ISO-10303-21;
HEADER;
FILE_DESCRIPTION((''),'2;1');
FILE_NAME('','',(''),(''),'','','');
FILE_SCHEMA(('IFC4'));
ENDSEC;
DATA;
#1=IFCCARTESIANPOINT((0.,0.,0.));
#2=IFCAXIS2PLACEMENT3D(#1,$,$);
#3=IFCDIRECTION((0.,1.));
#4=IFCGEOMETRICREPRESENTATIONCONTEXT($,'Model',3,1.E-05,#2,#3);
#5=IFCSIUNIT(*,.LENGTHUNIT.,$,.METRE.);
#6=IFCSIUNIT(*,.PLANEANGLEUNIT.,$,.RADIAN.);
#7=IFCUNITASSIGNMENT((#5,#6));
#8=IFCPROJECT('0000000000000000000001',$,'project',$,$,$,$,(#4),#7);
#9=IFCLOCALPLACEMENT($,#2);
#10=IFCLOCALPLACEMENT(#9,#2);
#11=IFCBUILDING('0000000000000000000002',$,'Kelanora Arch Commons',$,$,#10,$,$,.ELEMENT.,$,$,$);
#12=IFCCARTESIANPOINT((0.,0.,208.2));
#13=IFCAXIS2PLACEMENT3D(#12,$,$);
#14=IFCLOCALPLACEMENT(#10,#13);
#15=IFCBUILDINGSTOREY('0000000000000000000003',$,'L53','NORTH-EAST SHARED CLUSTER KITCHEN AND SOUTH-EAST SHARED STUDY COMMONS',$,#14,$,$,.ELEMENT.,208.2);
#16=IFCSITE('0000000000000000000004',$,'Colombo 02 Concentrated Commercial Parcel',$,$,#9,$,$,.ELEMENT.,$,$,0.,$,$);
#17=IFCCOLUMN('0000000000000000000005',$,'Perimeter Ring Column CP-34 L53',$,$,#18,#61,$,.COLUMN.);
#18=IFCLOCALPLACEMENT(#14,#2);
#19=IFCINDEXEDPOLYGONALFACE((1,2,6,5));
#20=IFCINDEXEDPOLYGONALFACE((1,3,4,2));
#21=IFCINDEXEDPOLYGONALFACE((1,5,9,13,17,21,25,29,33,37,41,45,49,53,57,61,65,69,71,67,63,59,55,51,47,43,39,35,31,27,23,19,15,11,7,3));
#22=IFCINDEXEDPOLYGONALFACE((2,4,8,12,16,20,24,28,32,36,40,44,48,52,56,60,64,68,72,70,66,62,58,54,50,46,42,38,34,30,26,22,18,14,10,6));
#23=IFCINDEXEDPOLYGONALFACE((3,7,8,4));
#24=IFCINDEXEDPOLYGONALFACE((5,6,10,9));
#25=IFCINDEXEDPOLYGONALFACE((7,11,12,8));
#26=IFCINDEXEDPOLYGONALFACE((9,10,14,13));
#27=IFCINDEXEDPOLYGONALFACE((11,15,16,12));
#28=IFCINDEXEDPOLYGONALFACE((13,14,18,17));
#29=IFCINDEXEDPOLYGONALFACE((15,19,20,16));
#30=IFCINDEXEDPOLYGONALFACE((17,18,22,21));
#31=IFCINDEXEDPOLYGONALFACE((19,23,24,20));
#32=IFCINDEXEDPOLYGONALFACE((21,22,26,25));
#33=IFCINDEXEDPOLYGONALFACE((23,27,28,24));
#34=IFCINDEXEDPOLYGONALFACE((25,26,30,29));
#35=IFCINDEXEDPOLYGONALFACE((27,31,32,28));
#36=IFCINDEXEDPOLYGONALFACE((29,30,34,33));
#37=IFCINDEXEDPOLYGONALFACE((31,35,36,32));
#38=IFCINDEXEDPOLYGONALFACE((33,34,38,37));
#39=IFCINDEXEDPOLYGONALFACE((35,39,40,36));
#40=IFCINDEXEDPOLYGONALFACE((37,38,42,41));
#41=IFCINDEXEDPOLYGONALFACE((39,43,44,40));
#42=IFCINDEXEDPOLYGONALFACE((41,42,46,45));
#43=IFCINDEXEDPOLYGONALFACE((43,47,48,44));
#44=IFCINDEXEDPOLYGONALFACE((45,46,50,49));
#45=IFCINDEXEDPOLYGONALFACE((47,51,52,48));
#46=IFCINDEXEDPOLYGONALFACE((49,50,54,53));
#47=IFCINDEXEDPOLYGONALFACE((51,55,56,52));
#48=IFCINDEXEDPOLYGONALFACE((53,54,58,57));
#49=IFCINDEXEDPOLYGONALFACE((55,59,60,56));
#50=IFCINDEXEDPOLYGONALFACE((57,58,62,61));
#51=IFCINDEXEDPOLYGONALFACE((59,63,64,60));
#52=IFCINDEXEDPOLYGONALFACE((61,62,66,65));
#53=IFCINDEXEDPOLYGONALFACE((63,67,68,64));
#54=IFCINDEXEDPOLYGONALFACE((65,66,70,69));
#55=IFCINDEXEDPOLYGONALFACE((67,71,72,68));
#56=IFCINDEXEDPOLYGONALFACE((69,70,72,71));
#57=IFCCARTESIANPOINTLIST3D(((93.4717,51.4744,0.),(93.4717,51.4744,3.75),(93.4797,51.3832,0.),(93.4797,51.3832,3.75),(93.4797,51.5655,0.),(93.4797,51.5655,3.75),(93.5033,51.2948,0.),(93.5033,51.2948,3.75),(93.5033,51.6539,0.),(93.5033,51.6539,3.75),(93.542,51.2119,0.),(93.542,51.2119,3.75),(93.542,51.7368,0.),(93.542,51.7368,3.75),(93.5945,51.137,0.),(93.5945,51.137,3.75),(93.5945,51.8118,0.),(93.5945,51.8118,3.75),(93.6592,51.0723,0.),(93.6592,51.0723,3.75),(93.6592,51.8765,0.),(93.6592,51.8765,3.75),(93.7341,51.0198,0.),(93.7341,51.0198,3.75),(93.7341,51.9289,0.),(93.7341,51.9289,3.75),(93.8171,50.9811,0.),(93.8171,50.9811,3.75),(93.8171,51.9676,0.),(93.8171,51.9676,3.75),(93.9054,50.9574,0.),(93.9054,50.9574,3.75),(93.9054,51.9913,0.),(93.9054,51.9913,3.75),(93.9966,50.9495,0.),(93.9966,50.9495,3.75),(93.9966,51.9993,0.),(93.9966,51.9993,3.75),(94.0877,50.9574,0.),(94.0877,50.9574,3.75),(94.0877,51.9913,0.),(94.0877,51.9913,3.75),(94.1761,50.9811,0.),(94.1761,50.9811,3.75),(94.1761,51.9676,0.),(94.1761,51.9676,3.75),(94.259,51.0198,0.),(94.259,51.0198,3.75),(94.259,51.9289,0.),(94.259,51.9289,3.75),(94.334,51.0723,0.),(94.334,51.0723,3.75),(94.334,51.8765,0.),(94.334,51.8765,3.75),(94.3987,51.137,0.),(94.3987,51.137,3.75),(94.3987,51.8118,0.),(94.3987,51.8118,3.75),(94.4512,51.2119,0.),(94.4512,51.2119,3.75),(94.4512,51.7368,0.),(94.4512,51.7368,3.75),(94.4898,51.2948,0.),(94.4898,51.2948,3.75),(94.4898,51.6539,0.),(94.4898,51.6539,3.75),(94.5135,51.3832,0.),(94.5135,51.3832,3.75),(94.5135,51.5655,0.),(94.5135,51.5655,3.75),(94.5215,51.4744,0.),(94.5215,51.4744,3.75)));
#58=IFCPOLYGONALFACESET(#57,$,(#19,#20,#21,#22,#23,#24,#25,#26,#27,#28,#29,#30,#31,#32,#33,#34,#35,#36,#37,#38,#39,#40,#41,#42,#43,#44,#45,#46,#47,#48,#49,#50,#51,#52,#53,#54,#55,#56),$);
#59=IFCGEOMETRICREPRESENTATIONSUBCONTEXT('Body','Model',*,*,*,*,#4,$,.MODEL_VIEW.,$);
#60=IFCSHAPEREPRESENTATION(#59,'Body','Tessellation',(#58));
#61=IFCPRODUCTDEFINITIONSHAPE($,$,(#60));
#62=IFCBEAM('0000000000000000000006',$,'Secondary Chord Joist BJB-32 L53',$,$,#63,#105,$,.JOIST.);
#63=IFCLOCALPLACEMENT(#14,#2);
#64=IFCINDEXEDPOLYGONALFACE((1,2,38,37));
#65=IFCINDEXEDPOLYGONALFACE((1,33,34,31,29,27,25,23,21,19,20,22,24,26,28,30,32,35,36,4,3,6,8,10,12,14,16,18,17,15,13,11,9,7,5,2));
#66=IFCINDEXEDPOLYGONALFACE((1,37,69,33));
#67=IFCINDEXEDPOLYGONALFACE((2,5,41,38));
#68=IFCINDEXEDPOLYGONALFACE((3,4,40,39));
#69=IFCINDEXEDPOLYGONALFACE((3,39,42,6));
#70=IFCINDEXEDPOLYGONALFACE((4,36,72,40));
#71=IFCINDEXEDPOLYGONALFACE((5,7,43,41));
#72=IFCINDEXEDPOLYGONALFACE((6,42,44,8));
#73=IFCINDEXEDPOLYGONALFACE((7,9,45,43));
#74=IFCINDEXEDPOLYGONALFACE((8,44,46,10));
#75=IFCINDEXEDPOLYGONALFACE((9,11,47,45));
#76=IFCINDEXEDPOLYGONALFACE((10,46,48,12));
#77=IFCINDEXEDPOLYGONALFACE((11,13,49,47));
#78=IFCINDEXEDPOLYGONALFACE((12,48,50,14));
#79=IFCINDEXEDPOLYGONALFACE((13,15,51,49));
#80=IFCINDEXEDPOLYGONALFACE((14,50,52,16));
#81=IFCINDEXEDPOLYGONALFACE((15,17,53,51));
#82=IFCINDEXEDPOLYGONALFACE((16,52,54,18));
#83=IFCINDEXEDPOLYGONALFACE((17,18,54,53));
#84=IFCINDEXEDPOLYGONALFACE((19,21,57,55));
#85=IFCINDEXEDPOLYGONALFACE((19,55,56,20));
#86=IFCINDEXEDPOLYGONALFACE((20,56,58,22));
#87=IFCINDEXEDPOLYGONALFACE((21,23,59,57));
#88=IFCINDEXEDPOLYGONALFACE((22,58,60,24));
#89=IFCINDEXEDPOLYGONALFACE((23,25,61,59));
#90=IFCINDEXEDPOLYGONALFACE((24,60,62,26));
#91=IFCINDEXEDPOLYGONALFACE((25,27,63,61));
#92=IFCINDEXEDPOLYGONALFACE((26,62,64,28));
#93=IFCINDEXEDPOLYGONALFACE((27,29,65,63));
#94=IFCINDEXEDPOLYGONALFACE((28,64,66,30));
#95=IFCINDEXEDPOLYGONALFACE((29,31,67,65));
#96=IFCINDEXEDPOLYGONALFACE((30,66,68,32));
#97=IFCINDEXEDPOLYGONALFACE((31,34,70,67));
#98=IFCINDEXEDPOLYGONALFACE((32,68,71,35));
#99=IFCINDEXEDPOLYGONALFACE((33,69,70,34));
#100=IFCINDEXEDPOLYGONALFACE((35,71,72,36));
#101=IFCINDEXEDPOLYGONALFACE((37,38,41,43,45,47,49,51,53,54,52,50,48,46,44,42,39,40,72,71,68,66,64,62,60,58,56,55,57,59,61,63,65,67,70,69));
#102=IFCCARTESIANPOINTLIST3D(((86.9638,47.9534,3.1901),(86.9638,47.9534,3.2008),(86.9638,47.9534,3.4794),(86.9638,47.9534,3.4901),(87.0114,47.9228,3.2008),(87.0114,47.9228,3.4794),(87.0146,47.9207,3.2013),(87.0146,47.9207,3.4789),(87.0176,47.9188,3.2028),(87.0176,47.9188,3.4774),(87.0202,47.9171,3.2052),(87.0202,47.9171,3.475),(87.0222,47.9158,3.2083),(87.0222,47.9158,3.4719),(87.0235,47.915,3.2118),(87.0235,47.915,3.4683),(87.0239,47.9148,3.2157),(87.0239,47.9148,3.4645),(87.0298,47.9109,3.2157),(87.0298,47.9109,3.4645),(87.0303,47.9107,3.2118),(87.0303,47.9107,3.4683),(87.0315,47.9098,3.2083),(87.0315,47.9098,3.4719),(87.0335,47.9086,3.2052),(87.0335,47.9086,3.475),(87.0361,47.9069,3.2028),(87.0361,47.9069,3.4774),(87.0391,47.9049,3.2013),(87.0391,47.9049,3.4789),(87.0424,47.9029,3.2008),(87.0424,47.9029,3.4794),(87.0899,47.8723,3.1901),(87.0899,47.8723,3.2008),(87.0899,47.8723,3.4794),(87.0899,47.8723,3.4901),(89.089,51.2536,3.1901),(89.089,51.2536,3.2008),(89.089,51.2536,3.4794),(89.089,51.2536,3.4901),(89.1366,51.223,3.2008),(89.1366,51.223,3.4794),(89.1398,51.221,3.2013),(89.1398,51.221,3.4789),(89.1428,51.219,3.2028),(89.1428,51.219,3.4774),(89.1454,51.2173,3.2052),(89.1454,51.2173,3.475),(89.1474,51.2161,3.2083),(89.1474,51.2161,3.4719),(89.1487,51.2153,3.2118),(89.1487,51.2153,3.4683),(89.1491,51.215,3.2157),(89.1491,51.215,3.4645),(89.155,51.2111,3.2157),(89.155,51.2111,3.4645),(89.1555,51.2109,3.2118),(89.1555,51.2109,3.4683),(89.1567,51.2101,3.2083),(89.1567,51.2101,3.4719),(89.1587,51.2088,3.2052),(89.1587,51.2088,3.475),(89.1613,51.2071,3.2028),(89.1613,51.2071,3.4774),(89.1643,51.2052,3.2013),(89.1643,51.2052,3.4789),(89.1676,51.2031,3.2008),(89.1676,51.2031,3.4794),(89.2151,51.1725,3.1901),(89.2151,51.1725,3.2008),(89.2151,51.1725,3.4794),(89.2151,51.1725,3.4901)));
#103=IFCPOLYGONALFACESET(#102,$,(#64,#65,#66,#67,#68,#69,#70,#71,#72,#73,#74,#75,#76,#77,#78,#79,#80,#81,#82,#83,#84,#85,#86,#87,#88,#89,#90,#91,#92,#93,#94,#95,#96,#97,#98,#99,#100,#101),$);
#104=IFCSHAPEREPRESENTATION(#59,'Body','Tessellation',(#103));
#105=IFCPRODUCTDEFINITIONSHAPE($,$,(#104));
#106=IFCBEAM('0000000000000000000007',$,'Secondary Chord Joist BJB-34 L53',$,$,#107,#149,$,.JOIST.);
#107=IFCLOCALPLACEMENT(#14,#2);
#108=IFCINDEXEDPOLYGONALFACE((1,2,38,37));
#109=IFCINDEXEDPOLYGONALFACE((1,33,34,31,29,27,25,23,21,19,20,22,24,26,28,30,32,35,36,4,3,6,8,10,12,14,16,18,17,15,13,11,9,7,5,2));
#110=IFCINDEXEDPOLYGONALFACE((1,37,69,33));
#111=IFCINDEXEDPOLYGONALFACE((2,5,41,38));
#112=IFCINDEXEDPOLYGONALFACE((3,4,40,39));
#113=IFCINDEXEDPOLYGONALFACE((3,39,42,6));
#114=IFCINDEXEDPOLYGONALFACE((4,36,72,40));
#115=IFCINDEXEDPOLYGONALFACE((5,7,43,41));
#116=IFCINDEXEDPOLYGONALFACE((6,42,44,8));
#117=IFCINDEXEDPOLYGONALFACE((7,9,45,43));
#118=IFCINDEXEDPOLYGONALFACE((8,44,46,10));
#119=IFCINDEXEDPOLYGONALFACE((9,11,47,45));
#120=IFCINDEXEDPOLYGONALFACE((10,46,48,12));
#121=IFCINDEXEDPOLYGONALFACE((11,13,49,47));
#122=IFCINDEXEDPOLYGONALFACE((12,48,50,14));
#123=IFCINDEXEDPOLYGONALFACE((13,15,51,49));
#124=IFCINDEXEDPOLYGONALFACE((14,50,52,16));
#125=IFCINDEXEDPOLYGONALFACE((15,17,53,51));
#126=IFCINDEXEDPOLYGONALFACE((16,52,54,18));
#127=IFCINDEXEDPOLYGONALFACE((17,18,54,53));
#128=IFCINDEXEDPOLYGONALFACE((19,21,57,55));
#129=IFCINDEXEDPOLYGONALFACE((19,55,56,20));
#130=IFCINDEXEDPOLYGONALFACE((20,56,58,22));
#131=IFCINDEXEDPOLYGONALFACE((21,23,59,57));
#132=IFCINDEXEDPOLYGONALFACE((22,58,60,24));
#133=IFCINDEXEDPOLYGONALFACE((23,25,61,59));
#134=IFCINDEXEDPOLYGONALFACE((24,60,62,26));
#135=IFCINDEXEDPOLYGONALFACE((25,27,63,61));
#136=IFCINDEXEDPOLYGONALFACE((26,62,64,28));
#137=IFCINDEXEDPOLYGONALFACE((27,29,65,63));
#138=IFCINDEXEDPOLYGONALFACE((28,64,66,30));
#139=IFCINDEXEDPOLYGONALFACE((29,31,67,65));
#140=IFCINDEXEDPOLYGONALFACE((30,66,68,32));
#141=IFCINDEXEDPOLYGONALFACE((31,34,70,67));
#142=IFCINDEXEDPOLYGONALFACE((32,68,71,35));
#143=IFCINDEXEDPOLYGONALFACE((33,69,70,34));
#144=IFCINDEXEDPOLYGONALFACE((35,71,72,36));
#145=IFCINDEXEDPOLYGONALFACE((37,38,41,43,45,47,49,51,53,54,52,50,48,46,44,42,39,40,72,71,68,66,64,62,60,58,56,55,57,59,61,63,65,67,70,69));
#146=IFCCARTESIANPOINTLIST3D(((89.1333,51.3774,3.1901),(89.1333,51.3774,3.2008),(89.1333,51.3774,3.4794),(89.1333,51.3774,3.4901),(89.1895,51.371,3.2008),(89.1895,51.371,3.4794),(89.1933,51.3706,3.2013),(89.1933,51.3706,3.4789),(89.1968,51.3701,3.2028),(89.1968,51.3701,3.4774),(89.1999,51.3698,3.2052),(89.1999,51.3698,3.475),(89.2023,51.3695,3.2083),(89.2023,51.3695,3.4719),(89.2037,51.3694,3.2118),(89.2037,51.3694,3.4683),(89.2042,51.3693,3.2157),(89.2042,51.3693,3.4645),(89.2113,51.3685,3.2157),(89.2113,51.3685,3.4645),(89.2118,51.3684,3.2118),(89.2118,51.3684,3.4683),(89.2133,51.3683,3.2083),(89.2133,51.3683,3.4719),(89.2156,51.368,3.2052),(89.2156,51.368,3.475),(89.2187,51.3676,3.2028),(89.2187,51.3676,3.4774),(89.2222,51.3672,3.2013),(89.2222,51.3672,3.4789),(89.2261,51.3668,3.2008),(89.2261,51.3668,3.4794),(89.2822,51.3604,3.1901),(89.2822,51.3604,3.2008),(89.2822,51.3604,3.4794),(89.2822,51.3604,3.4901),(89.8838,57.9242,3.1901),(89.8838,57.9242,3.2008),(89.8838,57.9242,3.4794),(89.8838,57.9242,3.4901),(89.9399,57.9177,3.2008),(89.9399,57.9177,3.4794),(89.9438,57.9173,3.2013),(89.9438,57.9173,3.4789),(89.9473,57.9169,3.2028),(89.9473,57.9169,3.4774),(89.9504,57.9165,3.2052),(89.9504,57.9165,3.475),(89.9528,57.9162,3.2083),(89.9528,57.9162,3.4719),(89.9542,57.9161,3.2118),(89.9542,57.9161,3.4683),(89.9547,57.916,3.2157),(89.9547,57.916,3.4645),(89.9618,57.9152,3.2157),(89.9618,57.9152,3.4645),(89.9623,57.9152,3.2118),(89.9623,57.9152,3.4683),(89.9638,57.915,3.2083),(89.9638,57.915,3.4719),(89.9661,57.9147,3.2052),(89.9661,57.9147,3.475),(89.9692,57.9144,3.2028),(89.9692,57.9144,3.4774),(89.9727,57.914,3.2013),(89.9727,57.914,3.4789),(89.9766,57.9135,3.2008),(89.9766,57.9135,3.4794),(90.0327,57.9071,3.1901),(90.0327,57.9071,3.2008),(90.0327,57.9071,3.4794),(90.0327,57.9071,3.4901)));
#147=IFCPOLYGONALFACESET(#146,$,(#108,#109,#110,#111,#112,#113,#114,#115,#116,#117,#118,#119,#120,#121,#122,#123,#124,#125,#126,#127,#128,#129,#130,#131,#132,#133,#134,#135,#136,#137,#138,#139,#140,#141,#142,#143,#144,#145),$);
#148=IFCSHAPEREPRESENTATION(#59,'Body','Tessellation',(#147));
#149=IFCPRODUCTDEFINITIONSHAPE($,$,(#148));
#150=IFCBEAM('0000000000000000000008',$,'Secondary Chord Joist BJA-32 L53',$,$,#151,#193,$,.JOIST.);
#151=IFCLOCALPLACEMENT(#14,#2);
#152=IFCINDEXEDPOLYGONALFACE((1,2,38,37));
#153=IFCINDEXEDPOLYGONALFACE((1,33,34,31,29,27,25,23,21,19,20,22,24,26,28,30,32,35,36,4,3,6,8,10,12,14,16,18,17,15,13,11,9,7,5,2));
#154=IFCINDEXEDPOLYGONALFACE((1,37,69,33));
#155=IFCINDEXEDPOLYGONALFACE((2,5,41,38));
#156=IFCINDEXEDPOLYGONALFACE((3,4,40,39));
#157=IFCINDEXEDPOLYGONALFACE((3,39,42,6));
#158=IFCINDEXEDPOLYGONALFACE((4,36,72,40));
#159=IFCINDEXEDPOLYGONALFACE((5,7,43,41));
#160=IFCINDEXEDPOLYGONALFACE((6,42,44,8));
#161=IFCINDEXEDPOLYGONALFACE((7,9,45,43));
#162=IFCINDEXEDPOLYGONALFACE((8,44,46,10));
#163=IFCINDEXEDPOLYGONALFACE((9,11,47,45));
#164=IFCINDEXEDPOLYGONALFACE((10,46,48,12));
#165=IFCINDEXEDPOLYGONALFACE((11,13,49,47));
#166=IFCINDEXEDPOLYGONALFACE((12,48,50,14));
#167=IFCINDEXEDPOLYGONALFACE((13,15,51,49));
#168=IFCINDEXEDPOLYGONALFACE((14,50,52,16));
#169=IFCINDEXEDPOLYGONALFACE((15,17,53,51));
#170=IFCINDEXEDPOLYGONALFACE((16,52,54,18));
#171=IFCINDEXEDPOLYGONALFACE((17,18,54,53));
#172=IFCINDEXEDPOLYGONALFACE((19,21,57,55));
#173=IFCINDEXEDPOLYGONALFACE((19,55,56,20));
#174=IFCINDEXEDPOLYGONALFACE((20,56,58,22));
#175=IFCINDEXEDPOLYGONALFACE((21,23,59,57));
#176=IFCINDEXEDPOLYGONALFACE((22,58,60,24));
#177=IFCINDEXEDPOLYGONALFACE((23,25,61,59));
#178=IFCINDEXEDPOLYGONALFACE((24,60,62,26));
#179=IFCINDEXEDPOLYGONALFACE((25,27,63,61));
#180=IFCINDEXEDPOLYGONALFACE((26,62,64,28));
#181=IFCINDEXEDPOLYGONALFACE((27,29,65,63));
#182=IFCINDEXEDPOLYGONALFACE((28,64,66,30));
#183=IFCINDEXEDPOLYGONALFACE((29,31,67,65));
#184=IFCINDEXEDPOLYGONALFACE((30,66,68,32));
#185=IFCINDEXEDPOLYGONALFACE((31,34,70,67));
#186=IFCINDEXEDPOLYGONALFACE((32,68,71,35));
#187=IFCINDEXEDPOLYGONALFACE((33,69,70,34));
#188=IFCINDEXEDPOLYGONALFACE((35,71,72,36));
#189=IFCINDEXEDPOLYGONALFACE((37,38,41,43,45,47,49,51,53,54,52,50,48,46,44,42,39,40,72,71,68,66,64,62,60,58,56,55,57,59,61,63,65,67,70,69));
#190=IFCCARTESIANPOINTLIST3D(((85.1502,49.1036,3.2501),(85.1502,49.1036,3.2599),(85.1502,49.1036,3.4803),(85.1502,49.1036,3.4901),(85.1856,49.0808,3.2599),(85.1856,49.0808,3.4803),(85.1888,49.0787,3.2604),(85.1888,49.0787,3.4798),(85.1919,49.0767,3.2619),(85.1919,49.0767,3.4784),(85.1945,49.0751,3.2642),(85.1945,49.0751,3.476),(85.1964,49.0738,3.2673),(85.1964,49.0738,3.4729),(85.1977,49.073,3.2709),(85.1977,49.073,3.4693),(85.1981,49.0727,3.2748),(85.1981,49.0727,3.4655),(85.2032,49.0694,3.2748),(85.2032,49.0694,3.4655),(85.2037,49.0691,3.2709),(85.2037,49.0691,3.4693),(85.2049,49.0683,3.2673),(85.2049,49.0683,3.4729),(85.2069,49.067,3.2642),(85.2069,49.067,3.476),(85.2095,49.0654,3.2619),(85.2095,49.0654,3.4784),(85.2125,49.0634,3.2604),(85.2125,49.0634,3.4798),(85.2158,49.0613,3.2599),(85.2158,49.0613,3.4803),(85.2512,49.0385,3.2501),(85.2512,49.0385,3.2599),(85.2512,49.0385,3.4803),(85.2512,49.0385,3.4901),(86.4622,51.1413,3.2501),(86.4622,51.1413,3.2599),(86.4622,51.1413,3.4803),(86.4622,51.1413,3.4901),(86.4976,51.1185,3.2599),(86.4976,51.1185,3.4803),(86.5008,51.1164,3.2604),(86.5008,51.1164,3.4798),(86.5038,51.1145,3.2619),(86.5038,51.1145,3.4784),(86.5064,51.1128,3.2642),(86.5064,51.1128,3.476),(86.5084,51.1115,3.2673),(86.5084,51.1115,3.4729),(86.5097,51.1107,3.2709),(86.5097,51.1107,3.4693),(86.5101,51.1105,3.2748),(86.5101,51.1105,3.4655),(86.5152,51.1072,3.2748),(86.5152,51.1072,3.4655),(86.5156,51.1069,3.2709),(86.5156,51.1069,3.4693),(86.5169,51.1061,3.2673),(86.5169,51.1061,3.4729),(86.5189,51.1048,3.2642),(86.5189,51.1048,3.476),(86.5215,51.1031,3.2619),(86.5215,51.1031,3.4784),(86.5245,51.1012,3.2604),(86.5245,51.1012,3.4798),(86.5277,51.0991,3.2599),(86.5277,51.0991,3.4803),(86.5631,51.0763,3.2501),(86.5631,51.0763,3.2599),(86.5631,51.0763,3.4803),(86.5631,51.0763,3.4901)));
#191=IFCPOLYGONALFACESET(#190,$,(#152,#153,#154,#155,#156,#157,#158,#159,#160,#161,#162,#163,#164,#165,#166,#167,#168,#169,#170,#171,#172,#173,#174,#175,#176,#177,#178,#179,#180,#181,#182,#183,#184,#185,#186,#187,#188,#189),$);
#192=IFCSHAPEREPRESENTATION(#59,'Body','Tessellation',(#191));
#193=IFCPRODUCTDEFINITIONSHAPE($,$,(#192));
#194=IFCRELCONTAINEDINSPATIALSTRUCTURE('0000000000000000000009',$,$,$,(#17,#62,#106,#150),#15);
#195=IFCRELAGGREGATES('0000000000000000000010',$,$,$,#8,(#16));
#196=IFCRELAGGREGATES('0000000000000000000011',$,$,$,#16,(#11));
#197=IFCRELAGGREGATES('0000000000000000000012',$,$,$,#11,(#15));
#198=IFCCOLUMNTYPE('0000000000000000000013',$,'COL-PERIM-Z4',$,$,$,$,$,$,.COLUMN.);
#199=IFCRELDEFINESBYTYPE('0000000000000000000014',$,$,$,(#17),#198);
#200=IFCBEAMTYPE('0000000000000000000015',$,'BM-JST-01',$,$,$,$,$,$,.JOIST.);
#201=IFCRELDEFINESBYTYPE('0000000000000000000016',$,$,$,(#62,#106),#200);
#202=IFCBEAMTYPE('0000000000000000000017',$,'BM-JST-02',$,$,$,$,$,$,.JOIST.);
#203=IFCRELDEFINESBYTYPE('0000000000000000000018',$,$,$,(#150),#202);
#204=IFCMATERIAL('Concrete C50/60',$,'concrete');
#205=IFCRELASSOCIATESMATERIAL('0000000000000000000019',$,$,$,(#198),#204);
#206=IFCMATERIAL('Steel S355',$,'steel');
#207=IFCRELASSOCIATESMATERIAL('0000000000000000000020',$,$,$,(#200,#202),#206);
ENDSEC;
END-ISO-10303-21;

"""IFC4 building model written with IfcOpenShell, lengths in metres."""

from ifc_helpers import new_model, si_unit, direction, frame, origin, origin_2d, place, context, subcontext, project, spatial, circle, i_section, extrude, material, material_profile, profile_set, type_object, element, save


model = new_model("IFC4")

# Units and contexts
model_context = context("Model", 3, precision=1e-05, world=origin(), true_north=direction((0.0, 1.0)))
body_context = subcontext(model_context, "Body", "Model", "MODEL_VIEW")
ifc_project = project(units=[si_unit("LENGTHUNIT", "METRE"), si_unit("PLANEANGLEUNIT", "RADIAN")], contexts=[model_context])

# Site, building, storey
site_placement = place(None, origin())
site = spatial("IfcSite", under=ifc_project, at=site_placement, Name="Colombo 02 Concentrated Commercial Parcel", CompositionType="ELEMENT", RefElevation=0.0)
building_placement = place(site_placement, origin())
building = spatial("IfcBuilding", under=site, at=building_placement, Name="Kelanora Arch Commons", CompositionType="ELEMENT")
storey_placement = place(building_placement, frame((0.0, 0.0, 208.2)))
storey = spatial("IfcBuildingStorey", under=building, at=storey_placement, Name="L53", Description="NORTH-EAST SHARED CLUSTER KITCHEN AND SOUTH-EAST SHARED STUDY COMMONS", CompositionType="ELEMENT", Elevation=208.2)

# Column
ifc_material_1 = material(Name="Concrete C50/60", Category="concrete")
ifc_material_profile_1 = material_profile(ifc_material_1, circle(Radius=0.5249, at=origin_2d()), Name="RCC1050")
ifc_profile_set_1 = profile_set([ifc_material_profile_1], Name="Concrete C50/60")
column_type = type_object("IfcColumnType", Name="COL-PERIM-Z4", PredefinedType="COLUMN", material=ifc_profile_set_1)
column_placement = place(storey_placement, frame((93.9966, 51.4744, 0.0), z_axis=(0.0, 0.0, 1.0), x_axis=(1.0, 0.0, 0.0)))
element("IfcColumn", 1, at=column_placement, inside=storey, type_object=column_type, Name="Perimeter Ring Column CP-34 L53", PredefinedType="COLUMN", context=body_context, shape_type="SweptSolid", body=[
    extrude(circle(Radius=0.5249, at=origin_2d()), origin(), (0.0, 0.0, 1.0), 3.75),
])

# Beams
ifc_material_2 = material(Name="Steel S355", Category="steel")
ifc_material_profile_2 = material_profile(ifc_material_2, i_section(OverallWidth=0.1499, OverallDepth=0.3, WebThickness=0.0071, FlangeThickness=0.0107, FilletRadius=0.0149, at=origin_2d()), Name="IPE300")
ifc_profile_set_2 = profile_set([ifc_material_profile_2], Name="Steel S355")
beam_type_1 = type_object("IfcBeamType", Name="BM-JST-01", PredefinedType="JOIST", material=ifc_profile_set_2)
beam_1_placement = place(storey_placement, frame((87.0269, 47.9128, 3.3401), z_axis=(0.541411, 0.840758, 0.0), x_axis=(-0.840758, 0.541411, 0.0)))
element("IfcBeam", 2, at=beam_1_placement, inside=storey, type_object=beam_type_1, Name="Secondary Chord Joist BJB-32 L53", PredefinedType="JOIST", context=body_context, shape_type="SweptSolid", body=[
    extrude(i_section(OverallWidth=0.1499, OverallDepth=0.3, WebThickness=0.0071, FlangeThickness=0.0107, FilletRadius=0.0149, at=origin_2d()), origin(), (0.0, 0.0, 1.0), 3.9253),
])
beam_2_placement = place(storey_placement, frame((89.2078, 51.3689, 3.3401), z_axis=(0.113891, 0.993493, 0.0), x_axis=(-0.993493, 0.113891, 0.0)))
element("IfcBeam", 3, at=beam_2_placement, inside=storey, type_object=beam_type_1, Name="Secondary Chord Joist BJB-34 L53", PredefinedType="JOIST", context=body_context, shape_type="SweptSolid", body=[
    extrude(i_section(OverallWidth=0.1499, OverallDepth=0.3, WebThickness=0.0071, FlangeThickness=0.0107, FilletRadius=0.0149, at=origin_2d()), origin(), (0.0, 0.0, 1.0), 6.5896),
])
ifc_material_profile_3 = material_profile(ifc_material_2, i_section(OverallWidth=0.1201, OverallDepth=0.24, WebThickness=0.0061, FlangeThickness=0.0098, FilletRadius=0.0149, at=origin_2d()), Name="IPE240")
ifc_profile_set_3 = profile_set([ifc_material_profile_3], Name="Steel S355")
beam_type_2 = type_object("IfcBeamType", Name="BM-JST-02", PredefinedType="JOIST", material=ifc_profile_set_3)
beam_3_placement = place(storey_placement, frame((85.2007, 49.071, 3.3701), z_axis=(0.541333, 0.840808, 0.0), x_axis=(-0.840808, 0.541333, 0.0)))
element("IfcBeam", 4, at=beam_3_placement, inside=storey, type_object=beam_type_2, Name="Secondary Chord Joist BJA-32 L53", PredefinedType="JOIST", context=body_context, shape_type="SweptSolid", body=[
    extrude(i_section(OverallWidth=0.1201, OverallDepth=0.24, WebThickness=0.0061, FlangeThickness=0.0098, FilletRadius=0.0149, at=origin_2d()), origin(), (0.0, 0.0, 1.0), 2.4236),
])

save(model, "model.ifc")
